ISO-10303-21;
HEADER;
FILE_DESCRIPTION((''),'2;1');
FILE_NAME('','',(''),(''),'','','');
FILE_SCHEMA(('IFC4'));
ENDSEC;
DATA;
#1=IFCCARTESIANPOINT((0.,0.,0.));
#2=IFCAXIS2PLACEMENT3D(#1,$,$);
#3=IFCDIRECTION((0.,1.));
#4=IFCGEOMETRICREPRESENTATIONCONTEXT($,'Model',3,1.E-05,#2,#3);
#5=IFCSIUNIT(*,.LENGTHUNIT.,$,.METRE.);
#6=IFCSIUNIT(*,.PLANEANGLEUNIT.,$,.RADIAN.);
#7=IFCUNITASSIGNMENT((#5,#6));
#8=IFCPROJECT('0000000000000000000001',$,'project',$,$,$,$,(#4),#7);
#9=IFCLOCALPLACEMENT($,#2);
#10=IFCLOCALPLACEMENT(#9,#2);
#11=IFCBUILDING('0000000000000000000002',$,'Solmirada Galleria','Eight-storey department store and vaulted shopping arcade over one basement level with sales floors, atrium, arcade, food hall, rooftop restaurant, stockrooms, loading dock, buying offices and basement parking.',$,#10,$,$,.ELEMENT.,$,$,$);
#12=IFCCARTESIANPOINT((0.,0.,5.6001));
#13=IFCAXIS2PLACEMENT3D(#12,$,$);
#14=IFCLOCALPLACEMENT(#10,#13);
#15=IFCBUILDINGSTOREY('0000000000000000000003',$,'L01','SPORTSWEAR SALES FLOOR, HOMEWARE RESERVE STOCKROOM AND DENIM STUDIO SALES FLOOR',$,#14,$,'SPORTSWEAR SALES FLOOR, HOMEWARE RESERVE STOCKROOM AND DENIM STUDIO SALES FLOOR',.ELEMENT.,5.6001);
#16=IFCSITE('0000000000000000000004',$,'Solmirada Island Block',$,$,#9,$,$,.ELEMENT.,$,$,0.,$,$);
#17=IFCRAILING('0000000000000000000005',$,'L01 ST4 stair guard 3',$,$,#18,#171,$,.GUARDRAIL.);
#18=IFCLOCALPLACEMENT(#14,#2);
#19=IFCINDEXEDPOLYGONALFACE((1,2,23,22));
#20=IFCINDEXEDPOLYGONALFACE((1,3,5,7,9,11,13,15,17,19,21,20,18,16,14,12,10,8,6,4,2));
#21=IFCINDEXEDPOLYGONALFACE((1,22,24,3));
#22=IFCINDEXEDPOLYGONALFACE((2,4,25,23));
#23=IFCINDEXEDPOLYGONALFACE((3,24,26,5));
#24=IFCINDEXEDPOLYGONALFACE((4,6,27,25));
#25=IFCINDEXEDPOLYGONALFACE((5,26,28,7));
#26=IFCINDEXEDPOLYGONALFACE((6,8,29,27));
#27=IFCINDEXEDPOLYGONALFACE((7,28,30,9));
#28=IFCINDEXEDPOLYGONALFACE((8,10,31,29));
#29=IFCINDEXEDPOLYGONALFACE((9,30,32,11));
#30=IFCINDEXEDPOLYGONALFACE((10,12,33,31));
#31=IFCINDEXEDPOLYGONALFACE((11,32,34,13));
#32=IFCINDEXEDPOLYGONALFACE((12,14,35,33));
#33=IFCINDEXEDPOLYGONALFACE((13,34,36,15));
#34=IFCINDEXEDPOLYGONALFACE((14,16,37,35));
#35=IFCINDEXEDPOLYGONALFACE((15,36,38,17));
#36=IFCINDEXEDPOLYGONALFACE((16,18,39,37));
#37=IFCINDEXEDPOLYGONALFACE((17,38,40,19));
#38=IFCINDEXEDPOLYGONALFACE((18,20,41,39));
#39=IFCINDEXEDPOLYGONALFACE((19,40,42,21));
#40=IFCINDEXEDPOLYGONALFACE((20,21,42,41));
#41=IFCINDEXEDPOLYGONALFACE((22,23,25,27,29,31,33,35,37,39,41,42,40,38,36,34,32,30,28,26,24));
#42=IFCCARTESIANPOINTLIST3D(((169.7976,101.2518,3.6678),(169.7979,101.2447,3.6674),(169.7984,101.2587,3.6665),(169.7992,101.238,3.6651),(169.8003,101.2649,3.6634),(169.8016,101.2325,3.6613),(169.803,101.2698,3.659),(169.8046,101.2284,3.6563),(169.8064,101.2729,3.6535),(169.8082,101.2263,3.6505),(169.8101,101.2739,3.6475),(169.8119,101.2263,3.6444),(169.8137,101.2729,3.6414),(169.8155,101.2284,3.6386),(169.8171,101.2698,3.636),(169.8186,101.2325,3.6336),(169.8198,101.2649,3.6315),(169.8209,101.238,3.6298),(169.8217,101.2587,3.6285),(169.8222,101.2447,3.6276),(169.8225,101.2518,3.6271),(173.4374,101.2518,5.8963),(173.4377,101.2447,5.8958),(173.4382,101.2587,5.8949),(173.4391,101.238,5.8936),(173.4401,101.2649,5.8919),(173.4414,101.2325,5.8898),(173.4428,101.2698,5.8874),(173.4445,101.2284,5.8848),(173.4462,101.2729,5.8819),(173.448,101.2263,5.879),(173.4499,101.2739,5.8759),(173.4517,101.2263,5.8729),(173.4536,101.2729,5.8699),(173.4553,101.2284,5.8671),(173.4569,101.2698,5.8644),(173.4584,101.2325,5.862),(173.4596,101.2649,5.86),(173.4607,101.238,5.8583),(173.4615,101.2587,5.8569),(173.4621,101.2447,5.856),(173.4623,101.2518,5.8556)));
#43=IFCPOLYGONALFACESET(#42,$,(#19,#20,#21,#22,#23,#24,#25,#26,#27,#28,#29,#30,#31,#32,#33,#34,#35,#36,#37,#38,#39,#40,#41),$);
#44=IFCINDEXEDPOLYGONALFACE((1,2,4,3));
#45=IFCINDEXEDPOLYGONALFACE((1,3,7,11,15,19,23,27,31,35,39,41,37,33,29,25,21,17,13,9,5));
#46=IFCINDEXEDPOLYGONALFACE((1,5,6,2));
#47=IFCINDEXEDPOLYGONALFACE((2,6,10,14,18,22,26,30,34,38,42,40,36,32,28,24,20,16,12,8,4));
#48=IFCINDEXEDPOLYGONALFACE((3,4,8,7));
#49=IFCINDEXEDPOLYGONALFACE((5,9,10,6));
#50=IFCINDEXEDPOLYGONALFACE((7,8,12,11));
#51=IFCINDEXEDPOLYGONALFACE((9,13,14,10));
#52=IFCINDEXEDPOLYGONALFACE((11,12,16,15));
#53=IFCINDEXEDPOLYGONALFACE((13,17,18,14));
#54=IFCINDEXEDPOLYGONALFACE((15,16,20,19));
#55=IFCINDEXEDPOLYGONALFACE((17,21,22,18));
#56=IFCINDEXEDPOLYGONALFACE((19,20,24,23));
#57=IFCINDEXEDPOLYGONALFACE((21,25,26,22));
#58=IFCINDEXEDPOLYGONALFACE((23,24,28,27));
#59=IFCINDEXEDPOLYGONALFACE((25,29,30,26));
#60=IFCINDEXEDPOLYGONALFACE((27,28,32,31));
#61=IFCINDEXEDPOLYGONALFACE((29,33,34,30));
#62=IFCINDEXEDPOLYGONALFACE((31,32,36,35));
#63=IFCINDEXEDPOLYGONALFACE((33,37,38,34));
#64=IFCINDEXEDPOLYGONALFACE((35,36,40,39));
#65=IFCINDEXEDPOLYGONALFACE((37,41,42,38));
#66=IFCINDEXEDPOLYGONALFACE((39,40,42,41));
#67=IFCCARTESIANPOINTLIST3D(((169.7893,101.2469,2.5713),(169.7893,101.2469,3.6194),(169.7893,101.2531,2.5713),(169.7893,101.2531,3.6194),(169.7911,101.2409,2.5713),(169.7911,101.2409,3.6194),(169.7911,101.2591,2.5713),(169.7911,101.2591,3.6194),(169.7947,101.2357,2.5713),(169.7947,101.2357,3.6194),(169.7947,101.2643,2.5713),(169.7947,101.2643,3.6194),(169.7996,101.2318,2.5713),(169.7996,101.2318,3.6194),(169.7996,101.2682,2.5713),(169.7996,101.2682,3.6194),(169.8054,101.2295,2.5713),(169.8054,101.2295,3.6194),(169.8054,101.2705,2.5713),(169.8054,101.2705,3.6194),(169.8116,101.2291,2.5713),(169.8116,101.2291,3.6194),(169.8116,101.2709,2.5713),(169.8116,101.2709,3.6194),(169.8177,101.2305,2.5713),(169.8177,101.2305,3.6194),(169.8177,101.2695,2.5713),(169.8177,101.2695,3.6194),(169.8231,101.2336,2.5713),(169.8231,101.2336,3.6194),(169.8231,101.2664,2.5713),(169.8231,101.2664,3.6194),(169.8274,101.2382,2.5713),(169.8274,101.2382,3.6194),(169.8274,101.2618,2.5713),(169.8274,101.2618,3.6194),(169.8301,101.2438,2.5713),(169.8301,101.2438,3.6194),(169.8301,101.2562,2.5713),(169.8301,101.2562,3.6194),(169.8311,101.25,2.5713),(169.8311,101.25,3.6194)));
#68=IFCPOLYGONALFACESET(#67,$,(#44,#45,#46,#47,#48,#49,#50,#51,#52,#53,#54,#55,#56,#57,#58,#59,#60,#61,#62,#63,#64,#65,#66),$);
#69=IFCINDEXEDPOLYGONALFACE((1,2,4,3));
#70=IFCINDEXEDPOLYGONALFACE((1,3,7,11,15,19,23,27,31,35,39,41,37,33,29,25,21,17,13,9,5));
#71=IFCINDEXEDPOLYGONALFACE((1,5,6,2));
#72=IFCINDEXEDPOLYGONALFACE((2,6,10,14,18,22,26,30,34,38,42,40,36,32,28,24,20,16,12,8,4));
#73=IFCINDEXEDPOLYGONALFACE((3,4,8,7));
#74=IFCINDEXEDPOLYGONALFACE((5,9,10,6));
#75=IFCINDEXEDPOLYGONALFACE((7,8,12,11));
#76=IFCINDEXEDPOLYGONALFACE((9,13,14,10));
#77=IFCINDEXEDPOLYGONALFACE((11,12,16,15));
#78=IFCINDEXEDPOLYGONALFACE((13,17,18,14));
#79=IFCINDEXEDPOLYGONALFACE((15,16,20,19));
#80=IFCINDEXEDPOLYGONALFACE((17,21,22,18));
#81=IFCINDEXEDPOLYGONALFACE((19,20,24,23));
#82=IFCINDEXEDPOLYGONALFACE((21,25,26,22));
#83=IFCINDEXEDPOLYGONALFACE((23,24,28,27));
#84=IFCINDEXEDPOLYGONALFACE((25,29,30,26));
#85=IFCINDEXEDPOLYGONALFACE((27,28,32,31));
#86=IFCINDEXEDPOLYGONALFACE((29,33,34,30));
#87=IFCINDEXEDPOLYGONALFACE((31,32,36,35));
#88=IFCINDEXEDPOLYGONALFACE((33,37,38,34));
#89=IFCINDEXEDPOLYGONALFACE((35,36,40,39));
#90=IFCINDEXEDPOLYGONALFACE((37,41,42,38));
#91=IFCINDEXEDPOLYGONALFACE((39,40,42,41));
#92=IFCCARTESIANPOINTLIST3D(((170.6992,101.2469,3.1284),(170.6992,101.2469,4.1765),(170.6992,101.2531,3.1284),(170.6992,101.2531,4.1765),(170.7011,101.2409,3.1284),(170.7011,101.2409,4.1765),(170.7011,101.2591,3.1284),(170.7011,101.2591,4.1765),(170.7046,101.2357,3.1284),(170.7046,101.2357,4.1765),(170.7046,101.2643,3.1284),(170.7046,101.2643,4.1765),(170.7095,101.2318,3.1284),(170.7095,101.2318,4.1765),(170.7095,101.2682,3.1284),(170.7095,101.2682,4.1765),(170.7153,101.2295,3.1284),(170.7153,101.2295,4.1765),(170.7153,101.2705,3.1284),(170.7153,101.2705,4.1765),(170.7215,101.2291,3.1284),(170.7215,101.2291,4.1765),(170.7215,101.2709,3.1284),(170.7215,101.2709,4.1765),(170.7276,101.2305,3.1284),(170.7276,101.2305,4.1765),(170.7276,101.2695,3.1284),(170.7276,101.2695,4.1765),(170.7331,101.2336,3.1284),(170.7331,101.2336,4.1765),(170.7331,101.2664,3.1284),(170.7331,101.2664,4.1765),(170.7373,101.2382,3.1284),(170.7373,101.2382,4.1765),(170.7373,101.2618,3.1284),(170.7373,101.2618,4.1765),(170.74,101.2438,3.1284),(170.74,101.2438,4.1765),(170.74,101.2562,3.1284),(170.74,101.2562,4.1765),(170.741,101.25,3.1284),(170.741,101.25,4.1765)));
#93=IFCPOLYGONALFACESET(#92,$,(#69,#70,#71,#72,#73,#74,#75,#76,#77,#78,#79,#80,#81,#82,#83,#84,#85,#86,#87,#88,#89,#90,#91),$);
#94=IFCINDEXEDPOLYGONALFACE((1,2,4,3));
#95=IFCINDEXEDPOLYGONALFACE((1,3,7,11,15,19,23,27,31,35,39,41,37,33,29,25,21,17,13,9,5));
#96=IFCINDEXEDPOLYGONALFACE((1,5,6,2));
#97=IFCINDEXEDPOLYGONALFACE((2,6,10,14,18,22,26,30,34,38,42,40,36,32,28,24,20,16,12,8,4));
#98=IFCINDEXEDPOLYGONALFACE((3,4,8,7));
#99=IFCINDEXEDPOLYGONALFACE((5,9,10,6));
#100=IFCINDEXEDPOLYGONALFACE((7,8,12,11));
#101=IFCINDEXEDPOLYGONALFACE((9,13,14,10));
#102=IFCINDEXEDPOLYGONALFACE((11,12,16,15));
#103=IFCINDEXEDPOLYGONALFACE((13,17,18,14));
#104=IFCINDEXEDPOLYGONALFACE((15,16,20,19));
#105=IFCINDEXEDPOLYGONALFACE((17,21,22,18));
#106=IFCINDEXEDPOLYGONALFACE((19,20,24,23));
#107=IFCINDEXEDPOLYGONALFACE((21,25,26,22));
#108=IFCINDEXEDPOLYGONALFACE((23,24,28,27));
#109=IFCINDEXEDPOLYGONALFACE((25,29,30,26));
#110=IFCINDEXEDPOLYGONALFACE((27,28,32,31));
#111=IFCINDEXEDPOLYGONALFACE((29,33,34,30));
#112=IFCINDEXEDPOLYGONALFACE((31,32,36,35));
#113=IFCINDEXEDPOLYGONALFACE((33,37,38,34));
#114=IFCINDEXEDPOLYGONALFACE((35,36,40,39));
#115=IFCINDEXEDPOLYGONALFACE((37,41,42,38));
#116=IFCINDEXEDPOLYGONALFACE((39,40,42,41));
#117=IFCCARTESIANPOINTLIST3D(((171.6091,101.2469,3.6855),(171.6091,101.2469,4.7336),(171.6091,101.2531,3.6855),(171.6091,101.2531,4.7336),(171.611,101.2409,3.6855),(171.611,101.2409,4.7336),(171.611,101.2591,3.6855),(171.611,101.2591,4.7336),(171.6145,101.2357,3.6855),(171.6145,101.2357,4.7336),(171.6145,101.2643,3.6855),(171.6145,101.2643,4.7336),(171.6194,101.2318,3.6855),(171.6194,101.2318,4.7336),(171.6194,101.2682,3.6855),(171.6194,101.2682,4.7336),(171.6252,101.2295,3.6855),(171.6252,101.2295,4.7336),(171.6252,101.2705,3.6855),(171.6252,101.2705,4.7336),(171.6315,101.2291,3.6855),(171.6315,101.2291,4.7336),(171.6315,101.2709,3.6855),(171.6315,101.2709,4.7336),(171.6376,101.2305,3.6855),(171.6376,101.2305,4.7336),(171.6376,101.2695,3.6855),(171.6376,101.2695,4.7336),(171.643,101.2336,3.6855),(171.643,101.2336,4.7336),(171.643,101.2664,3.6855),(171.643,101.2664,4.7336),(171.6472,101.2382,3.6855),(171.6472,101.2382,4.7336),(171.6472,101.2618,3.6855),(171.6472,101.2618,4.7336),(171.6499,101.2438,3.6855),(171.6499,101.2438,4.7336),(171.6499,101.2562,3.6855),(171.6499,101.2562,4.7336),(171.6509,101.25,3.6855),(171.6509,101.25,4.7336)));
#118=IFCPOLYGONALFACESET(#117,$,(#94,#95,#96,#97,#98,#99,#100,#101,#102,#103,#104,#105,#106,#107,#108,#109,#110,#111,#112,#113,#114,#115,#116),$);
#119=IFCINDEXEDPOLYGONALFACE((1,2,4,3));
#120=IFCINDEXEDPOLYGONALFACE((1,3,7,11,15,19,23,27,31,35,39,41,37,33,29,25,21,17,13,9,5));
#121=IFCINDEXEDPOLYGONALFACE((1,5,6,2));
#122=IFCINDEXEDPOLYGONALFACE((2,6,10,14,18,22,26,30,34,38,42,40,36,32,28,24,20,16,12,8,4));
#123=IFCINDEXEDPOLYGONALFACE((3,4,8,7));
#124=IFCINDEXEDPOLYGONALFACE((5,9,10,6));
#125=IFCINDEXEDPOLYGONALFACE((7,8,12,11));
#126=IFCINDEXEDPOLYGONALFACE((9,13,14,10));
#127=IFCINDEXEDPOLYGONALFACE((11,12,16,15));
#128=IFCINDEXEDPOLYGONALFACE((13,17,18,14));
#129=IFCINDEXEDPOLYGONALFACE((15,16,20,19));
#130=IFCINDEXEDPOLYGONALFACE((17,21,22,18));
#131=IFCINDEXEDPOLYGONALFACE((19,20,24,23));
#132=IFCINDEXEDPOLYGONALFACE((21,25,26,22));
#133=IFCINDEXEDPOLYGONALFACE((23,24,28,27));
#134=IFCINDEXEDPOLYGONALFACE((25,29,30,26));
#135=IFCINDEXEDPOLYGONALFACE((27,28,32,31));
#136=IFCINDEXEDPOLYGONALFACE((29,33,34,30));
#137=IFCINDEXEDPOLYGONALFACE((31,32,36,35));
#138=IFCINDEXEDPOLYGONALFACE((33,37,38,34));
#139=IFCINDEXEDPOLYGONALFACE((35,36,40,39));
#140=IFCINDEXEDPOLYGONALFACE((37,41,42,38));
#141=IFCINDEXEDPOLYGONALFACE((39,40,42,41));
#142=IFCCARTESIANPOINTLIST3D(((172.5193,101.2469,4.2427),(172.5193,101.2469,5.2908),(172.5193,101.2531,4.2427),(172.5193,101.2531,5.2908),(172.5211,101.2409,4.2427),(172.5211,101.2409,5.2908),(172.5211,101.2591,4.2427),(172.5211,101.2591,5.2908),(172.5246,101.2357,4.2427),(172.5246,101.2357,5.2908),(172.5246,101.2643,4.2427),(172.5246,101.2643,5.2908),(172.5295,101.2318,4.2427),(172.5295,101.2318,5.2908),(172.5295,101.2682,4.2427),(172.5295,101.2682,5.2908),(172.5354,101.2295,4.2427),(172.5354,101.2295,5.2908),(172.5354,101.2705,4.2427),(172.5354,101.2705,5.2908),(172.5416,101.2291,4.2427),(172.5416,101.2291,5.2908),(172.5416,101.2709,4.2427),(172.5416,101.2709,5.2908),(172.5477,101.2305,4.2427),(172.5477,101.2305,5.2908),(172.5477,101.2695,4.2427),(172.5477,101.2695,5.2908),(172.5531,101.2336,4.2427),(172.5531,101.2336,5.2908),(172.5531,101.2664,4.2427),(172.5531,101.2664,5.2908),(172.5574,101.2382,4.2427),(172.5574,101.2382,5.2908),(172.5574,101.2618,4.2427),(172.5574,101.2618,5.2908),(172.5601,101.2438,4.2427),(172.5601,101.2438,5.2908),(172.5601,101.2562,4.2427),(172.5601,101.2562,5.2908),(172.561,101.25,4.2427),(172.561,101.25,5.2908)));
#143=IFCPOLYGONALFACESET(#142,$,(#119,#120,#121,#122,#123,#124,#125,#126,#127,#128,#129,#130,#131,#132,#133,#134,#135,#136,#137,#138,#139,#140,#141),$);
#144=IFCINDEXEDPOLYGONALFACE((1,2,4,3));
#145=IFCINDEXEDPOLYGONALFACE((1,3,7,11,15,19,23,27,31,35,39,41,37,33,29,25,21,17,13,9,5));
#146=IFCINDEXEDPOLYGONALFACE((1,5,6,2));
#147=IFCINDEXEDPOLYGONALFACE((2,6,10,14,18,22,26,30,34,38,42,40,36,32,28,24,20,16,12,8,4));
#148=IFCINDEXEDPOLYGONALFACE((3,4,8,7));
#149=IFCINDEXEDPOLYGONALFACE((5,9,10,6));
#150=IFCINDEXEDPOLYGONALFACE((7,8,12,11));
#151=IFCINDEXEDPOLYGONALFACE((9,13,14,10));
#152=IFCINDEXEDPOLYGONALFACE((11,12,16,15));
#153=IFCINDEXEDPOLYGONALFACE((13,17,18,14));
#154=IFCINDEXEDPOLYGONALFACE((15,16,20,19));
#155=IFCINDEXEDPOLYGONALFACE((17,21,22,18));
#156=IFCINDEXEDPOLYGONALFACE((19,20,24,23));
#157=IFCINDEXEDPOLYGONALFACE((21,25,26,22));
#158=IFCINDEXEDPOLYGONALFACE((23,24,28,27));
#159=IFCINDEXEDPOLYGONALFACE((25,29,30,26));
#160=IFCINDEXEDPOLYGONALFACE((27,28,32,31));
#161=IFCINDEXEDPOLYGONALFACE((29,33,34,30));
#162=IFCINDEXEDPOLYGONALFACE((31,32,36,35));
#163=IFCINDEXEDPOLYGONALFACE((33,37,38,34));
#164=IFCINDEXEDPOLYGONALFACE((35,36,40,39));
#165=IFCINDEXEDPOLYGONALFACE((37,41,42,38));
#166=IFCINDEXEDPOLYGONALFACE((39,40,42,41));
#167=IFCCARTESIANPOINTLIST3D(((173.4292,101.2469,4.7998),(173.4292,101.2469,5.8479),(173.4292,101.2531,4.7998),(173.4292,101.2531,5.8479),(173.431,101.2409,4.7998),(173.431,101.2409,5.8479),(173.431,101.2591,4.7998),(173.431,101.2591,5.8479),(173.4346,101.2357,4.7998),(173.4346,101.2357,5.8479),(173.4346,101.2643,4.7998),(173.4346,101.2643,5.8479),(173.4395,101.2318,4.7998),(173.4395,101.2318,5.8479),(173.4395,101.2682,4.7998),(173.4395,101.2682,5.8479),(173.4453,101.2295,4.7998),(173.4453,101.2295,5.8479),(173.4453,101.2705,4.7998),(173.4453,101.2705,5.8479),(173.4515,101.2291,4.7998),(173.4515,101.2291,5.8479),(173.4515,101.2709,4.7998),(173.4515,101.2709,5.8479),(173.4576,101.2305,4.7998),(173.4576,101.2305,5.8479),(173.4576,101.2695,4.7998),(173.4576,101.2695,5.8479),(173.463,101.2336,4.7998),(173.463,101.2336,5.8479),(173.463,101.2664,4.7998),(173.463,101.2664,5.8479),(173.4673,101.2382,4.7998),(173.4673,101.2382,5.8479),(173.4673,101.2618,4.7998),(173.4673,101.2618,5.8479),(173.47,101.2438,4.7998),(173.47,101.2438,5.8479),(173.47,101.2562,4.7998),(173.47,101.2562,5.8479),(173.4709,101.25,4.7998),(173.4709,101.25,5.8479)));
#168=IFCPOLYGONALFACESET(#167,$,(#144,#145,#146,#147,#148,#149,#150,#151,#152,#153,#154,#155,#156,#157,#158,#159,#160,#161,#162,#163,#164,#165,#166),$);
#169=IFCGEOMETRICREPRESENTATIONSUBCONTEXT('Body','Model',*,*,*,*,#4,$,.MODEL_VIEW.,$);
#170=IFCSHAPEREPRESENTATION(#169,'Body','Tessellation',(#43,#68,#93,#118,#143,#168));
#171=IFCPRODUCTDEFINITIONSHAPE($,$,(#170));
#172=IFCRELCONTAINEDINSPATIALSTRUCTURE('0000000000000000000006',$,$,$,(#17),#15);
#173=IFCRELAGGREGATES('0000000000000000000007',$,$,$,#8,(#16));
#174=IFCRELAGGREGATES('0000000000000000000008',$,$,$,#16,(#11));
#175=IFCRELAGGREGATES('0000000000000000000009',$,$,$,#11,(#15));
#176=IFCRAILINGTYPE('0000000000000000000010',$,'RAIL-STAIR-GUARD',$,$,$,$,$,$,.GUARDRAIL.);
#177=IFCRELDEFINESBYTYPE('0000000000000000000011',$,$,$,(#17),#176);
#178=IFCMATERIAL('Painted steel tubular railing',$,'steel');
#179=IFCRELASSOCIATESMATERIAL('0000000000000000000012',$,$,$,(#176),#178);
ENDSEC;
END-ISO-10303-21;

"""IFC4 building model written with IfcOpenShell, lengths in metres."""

from ifc_helpers import new_model, si_unit, direction, frame, origin, origin_2d, place, context, subcontext, project, spatial, circle, extrude, material, type_object, element, save


model = new_model("IFC4")

# Units and contexts
model_context = context("Model", 3, precision=1e-05, world=origin(), true_north=direction((0.0, 1.0)))
body_context = subcontext(model_context, "Body", "Model", "MODEL_VIEW")
ifc_project = project(units=[si_unit("LENGTHUNIT", "METRE"), si_unit("PLANEANGLEUNIT", "RADIAN")], contexts=[model_context])

# Site, building, storey
site_placement = place(None, origin())
site = spatial("IfcSite", under=ifc_project, at=site_placement, Name="Solmirada Island Block", CompositionType="ELEMENT", RefElevation=0.0)
building_placement = place(site_placement, origin())
building = spatial("IfcBuilding", under=site, at=building_placement, Name="Solmirada Galleria", Description="Eight-storey department store and vaulted shopping arcade over one basement level with sales floors, atrium, arcade, food hall, rooftop restaurant, stockrooms, loading dock, buying offices and basement parking.", CompositionType="ELEMENT")
storey_placement = place(building_placement, frame((0.0, 0.0, 5.6001)))
storey = spatial("IfcBuildingStorey", under=building, at=storey_placement, Name="L01", Description="SPORTSWEAR SALES FLOOR, HOMEWARE RESERVE STOCKROOM AND DENIM STUDIO SALES FLOOR", LongName="SPORTSWEAR SALES FLOOR, HOMEWARE RESERVE STOCKROOM AND DENIM STUDIO SALES FLOOR", CompositionType="ELEMENT", Elevation=5.6001)

# Railing
ifc_material_1 = material(Name="Painted steel tubular railing", Category="steel")
railing_type_1 = type_object("IfcRailingType", Name="RAIL-STAIR-GUARD", PredefinedType="GUARDRAIL", material=ifc_material_1)
railing_1_placement = place(storey_placement, frame((169.8101, 101.25, 2.5713)))
element("IfcRailing", 1, at=railing_1_placement, inside=storey, type_object=railing_type_1, Name="L01 ST4 stair guard 3", PredefinedType="GUARDRAIL", context=body_context, shape_type="SweptSolid", body=[
    extrude(circle(Radius=0.0239, at=origin_2d()), frame((0.0, 0.0, 1.0762), z_axis=(0.85285, 0.0, 0.522156), x_axis=(0.0, 1.0, 0.0)), (0.0, 0.0, 1.0), 4.2678),
    extrude(circle(Radius=0.021, at=origin_2d()), origin(), (0.0, 0.0, 1.0), 1.0481),
    extrude(circle(Radius=0.021, at=origin_2d()), frame((0.9099, 0.0, 0.5571)), (0.0, 0.0, 1.0), 1.0481),
    extrude(circle(Radius=0.021, at=origin_2d()), frame((1.8198, 0.0, 1.1143)), (0.0, 0.0, 1.0), 1.0481),
    extrude(circle(Radius=0.021, at=origin_2d()), frame((2.73, 0.0, 1.6714)), (0.0, 0.0, 1.0), 1.0481),
    extrude(circle(Radius=0.021, at=origin_2d()), frame((3.6399, 0.0, 2.2285)), (0.0, 0.0, 1.0), 1.0481),
])

save(model, "model.ifc")
